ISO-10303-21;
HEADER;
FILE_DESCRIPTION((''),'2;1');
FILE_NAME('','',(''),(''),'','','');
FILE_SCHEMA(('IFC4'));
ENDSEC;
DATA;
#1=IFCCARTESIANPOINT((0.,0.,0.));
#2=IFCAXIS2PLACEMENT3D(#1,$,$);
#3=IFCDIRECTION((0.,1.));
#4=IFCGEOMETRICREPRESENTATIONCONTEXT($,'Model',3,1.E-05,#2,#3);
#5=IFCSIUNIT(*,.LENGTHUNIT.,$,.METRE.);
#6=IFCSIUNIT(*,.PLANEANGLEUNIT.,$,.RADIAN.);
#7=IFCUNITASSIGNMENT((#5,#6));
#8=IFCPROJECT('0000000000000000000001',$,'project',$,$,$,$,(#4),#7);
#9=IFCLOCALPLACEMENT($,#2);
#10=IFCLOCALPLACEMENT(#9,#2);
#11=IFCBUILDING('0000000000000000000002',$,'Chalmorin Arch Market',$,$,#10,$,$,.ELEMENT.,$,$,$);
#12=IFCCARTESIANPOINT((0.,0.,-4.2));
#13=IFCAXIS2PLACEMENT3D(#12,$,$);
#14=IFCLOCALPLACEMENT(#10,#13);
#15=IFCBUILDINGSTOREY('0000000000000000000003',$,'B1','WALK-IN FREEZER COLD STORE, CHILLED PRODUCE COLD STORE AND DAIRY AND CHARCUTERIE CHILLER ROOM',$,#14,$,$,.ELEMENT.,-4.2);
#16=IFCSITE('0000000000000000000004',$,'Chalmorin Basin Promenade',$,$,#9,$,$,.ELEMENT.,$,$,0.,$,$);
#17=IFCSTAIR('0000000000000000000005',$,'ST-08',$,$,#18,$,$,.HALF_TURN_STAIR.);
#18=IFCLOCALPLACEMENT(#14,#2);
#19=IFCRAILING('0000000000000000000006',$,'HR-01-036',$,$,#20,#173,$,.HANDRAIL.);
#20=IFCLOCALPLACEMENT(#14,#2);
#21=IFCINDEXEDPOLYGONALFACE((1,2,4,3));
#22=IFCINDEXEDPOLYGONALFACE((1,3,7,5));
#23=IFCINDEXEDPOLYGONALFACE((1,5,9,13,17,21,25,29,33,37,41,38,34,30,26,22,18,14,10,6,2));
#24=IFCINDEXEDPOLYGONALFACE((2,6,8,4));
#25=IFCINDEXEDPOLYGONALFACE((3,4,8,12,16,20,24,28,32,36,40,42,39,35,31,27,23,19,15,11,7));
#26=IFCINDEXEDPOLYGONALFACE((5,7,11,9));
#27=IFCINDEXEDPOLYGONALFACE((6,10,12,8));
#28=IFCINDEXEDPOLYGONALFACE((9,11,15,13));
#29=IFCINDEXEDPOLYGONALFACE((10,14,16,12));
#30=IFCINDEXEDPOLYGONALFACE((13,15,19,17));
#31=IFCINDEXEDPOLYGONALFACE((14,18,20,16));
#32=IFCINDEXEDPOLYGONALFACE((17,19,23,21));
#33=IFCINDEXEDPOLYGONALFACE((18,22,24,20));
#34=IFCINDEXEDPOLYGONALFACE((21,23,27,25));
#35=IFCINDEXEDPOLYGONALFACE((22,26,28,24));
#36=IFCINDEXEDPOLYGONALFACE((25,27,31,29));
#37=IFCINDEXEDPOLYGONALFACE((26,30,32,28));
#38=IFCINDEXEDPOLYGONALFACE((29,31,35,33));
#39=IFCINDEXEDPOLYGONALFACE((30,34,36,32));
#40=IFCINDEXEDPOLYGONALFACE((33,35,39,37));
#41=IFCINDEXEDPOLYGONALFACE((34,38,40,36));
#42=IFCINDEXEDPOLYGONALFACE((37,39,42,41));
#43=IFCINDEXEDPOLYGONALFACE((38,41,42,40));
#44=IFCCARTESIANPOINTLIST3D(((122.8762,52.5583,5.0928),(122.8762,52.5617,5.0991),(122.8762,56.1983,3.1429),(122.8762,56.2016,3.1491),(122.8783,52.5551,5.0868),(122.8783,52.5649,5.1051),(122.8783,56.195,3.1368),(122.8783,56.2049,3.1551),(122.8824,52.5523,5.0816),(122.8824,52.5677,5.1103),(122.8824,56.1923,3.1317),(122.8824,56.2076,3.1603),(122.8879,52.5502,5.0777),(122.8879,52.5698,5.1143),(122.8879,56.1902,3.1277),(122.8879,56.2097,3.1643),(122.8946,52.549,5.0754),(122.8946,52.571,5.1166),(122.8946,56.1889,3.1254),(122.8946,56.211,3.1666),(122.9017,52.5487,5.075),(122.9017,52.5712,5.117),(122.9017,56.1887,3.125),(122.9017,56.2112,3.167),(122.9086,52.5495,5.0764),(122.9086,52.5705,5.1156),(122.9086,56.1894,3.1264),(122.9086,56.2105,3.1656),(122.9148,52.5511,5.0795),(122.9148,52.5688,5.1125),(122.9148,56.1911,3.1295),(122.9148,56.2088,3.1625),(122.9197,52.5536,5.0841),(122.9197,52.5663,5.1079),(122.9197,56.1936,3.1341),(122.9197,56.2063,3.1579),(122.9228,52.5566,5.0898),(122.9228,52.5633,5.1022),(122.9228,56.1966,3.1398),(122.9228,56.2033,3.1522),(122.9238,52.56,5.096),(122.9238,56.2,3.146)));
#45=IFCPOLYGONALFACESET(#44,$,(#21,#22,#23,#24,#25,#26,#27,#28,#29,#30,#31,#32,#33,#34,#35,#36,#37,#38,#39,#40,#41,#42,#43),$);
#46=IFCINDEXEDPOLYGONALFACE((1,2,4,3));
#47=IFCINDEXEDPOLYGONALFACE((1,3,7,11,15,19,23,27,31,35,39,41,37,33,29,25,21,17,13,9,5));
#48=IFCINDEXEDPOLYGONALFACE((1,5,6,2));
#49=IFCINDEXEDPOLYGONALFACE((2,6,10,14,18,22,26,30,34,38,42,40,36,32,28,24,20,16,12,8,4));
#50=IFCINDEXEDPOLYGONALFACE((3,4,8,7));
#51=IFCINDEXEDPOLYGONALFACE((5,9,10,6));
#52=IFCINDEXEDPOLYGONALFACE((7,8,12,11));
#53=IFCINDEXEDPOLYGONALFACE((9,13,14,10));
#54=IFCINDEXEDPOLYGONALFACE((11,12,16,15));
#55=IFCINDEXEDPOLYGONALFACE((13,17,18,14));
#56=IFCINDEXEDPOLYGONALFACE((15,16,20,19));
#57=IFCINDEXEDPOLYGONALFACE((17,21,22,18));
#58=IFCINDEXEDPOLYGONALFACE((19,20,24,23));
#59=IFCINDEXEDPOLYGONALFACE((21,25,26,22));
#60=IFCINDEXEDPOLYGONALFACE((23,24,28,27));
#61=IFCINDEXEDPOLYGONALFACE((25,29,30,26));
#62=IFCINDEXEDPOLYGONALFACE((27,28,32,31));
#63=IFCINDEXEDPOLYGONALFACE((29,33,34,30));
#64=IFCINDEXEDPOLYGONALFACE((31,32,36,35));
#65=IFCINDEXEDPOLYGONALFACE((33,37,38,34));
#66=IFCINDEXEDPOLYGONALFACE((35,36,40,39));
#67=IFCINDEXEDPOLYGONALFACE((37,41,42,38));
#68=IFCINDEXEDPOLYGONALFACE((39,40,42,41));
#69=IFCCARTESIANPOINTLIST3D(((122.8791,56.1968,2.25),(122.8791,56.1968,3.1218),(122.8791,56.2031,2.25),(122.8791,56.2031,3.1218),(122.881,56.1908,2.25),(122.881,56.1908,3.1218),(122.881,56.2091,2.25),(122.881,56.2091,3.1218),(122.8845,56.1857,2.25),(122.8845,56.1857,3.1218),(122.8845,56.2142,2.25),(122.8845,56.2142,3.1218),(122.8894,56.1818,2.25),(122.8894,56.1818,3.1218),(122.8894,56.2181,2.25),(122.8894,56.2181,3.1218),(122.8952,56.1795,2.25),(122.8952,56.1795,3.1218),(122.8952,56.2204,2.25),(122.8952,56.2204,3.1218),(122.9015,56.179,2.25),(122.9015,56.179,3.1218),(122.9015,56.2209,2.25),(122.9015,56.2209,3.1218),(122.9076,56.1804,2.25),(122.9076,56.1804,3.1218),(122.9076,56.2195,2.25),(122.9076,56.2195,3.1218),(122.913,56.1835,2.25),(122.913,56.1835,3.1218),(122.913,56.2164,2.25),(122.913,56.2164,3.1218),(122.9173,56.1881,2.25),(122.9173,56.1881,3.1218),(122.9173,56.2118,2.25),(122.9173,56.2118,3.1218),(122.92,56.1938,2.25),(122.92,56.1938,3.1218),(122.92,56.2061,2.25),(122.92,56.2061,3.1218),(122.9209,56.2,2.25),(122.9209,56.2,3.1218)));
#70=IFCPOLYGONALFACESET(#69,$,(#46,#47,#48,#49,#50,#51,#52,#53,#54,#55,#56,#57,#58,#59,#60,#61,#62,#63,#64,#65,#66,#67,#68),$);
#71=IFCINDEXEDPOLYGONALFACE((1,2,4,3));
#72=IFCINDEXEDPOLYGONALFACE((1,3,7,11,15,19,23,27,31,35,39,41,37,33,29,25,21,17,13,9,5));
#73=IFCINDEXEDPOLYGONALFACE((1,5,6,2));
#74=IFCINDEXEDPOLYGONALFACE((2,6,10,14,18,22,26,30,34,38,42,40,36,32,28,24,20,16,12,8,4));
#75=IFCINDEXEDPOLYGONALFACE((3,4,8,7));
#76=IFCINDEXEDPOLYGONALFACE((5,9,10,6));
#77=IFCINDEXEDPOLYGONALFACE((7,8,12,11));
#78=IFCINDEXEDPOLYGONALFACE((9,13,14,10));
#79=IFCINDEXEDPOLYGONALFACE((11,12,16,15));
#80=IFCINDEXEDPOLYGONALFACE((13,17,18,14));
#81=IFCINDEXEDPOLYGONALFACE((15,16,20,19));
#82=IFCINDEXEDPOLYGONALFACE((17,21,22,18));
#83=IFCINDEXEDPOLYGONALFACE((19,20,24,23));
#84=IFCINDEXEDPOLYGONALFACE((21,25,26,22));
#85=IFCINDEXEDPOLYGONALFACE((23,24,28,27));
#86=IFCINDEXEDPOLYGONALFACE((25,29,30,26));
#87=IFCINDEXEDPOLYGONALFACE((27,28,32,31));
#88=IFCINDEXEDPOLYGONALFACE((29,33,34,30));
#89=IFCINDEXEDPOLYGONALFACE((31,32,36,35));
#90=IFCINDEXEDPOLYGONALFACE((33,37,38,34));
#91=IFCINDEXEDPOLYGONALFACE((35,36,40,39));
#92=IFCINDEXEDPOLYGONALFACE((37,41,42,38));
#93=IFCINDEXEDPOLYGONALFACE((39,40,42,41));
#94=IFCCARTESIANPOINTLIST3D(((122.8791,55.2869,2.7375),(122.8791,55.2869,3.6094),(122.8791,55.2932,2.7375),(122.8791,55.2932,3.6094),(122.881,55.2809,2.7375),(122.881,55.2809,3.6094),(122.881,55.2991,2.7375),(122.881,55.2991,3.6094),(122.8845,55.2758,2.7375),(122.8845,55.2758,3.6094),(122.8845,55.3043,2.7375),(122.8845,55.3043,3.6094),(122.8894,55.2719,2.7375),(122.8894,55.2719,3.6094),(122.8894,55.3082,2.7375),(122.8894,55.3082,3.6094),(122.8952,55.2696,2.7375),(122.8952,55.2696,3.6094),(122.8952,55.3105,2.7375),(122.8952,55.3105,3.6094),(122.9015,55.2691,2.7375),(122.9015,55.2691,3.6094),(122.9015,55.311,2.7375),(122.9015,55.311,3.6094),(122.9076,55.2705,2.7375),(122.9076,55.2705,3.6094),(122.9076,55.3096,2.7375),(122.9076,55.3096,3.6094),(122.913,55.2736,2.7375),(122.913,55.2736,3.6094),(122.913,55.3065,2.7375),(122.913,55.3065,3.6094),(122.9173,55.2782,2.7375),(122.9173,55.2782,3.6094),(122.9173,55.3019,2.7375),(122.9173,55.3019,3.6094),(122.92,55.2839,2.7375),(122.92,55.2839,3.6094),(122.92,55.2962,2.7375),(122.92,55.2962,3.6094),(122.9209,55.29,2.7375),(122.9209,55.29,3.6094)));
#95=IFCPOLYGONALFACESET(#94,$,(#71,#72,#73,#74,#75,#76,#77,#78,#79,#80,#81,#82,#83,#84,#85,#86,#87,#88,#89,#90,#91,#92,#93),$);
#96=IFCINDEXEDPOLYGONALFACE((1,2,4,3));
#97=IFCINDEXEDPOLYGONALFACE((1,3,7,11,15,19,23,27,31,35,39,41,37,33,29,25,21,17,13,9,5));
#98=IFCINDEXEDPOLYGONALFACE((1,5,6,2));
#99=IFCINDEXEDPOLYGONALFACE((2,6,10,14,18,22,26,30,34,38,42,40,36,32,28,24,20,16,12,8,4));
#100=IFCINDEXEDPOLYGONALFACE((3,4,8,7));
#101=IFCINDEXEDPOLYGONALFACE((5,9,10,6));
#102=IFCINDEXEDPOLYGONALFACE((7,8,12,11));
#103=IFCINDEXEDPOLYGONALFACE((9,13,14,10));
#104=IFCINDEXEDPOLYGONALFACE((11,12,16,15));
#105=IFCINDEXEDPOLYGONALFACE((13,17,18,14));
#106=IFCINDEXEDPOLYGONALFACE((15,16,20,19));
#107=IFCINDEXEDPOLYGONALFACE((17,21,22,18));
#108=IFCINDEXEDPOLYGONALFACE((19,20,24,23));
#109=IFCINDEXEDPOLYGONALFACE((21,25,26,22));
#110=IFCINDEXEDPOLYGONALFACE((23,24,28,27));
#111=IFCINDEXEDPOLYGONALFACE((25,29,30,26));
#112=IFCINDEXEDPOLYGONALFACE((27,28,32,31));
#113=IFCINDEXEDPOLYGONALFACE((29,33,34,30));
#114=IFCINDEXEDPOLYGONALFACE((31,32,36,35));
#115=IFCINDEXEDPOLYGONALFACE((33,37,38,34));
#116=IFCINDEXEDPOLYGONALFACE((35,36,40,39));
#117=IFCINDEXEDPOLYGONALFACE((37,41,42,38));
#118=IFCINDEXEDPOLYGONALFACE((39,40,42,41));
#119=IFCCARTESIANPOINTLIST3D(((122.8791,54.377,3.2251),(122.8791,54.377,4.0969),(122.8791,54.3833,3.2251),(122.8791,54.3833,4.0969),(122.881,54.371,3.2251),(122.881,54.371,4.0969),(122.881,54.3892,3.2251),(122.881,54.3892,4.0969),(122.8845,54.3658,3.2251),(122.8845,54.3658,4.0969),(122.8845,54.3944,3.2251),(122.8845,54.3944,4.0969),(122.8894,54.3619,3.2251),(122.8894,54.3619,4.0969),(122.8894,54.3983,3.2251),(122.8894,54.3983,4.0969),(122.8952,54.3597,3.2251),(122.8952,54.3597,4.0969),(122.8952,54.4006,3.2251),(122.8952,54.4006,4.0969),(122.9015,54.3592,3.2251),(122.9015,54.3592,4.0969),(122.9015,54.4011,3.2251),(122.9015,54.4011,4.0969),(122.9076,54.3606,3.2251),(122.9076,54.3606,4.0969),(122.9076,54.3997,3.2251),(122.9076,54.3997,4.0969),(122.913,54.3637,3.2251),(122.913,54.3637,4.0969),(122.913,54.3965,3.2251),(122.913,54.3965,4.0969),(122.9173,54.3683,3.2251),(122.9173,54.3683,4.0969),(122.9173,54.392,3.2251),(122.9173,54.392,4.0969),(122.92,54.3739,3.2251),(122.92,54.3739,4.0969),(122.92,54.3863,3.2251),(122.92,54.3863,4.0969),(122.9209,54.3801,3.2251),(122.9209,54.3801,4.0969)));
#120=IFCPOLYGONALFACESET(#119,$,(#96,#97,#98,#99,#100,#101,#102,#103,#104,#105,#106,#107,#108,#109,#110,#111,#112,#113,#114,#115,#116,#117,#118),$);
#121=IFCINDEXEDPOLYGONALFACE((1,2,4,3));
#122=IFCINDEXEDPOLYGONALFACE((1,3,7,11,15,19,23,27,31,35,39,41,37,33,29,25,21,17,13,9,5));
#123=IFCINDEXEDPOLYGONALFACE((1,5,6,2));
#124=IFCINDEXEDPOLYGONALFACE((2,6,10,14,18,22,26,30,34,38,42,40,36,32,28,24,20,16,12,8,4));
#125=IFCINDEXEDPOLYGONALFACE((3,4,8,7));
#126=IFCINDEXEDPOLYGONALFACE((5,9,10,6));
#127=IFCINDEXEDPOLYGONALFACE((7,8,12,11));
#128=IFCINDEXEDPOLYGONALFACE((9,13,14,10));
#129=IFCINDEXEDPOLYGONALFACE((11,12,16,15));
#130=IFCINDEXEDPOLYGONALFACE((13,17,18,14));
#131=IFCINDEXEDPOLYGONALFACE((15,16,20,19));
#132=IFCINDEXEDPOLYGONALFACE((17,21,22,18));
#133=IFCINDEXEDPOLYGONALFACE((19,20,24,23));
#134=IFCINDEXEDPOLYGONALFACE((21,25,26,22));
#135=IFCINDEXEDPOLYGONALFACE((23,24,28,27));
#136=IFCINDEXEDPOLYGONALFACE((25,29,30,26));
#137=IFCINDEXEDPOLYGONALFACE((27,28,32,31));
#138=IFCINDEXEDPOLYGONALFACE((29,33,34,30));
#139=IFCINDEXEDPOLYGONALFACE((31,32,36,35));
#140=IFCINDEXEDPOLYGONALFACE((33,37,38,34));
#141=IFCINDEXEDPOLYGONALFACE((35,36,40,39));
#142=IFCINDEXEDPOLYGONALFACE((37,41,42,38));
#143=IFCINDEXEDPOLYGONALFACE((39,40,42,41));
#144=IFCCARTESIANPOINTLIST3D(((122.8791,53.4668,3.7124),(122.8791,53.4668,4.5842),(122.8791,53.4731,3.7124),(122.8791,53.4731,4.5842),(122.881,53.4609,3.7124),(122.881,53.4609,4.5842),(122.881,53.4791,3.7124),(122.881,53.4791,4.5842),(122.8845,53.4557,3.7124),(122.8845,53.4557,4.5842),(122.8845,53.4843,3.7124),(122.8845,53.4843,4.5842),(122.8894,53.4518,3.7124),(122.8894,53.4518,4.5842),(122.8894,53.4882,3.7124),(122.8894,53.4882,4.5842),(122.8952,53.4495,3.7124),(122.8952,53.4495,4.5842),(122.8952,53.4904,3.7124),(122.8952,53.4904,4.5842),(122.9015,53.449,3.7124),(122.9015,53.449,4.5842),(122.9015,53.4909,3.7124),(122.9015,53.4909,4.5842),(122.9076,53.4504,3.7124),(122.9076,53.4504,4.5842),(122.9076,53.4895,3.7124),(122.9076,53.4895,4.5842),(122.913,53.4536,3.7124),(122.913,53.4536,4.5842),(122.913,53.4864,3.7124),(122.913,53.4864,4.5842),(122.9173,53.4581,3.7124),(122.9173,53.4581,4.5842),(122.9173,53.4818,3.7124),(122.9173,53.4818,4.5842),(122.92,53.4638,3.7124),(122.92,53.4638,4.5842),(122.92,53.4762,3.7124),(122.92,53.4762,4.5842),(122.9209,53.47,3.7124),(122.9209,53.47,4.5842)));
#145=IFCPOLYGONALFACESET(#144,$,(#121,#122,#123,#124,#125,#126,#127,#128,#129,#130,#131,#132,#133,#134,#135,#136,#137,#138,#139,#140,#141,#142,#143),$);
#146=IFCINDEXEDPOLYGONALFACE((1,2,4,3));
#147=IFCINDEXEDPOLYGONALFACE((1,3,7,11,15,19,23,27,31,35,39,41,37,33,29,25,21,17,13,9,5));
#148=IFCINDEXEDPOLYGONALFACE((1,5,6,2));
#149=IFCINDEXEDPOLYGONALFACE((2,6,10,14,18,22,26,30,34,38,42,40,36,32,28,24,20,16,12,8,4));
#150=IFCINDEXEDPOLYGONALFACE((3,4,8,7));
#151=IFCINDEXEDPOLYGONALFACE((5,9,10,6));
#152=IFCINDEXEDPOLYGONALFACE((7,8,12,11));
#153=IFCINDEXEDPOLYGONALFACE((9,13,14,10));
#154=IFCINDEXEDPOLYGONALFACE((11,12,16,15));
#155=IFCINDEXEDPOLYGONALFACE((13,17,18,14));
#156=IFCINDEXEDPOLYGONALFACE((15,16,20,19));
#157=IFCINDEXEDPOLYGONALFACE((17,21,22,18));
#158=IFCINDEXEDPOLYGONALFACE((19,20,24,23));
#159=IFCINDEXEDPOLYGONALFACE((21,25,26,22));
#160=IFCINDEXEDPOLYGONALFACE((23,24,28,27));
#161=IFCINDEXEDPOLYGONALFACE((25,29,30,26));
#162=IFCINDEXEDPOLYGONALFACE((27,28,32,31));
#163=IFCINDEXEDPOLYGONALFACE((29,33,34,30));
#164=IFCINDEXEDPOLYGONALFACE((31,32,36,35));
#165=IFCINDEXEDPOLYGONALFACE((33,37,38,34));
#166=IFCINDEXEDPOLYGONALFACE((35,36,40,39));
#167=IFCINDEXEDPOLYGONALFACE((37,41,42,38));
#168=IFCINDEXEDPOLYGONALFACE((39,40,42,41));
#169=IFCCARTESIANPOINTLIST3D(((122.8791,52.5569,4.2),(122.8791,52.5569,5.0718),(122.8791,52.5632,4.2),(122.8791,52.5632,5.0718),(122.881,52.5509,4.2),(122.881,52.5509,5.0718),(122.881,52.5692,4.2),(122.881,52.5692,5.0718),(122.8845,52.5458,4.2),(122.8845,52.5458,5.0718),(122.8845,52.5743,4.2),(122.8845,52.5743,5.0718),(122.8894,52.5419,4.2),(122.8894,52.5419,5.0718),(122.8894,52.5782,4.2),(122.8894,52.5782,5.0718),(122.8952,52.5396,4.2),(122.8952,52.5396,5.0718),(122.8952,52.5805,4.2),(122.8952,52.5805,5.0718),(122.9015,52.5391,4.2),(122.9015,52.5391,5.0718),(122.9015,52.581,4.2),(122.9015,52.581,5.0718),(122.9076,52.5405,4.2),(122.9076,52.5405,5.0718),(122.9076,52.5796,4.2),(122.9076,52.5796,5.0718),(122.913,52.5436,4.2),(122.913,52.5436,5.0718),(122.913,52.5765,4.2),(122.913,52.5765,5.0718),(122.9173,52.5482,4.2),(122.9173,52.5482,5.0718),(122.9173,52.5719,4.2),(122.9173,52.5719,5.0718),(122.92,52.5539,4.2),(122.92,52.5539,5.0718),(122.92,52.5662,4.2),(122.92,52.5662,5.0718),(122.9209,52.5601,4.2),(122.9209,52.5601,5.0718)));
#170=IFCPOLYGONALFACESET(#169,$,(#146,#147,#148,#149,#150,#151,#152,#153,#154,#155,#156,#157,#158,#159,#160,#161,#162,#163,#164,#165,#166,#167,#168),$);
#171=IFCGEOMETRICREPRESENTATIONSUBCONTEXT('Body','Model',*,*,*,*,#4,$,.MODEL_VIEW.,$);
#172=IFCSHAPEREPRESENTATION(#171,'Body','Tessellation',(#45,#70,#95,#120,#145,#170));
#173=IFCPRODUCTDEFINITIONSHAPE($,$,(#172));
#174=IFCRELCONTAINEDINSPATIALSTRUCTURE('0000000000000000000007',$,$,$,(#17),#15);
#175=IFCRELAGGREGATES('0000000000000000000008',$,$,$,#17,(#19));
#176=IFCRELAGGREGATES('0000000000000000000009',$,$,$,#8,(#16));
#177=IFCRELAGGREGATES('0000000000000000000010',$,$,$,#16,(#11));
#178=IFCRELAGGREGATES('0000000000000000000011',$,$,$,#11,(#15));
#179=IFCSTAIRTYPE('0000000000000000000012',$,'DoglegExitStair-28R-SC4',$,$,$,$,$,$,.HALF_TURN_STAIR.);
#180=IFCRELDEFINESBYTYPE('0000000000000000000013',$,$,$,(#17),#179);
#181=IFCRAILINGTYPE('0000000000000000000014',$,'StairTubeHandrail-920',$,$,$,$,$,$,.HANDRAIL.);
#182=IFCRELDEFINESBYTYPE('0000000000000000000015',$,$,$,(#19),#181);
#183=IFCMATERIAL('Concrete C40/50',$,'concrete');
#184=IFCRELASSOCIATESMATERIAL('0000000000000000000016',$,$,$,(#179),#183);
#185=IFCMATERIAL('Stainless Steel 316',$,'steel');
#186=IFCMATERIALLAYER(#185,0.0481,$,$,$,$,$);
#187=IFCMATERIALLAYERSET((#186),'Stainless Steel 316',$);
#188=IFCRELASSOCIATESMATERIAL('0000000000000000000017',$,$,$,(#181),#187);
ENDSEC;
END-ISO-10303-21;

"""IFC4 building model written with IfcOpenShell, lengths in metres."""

from ifc_helpers import new_model, si_unit, direction, frame, origin, origin_2d, place, context, subcontext, project, spatial, circle, extrude, material, layer, layer_set, type_object, element, aggregate, save


model = new_model("IFC4")

# Units and contexts
model_context = context("Model", 3, precision=1e-05, world=origin(), true_north=direction((0.0, 1.0)))
body_context = subcontext(model_context, "Body", "Model", "MODEL_VIEW")
ifc_project = project(units=[si_unit("LENGTHUNIT", "METRE"), si_unit("PLANEANGLEUNIT", "RADIAN")], contexts=[model_context])

# Site, building, storey
site_placement = place(None, origin())
site = spatial("IfcSite", under=ifc_project, at=site_placement, Name="Chalmorin Basin Promenade", CompositionType="ELEMENT", RefElevation=0.0)
building_placement = place(site_placement, origin())
building = spatial("IfcBuilding", under=site, at=building_placement, Name="Chalmorin Arch Market", CompositionType="ELEMENT")
storey_placement = place(building_placement, frame((0.0, 0.0, -4.2)))
storey = spatial("IfcBuildingStorey", under=building, at=storey_placement, Name="B1", Description="WALK-IN FREEZER COLD STORE, CHILLED PRODUCE COLD STORE AND DAIRY AND CHARCUTERIE CHILLER ROOM", CompositionType="ELEMENT", Elevation=-4.2)

# Shared definitions
ifc_material_1 = material(Name="Concrete C40/50", Category="concrete")

# Stair, railing
stair_type = type_object("IfcStairType", Name="DoglegExitStair-28R-SC4", PredefinedType="HALF_TURN_STAIR", material=ifc_material_1)
stair_placement = place(storey_placement, origin())
stair = element("IfcStair", 1, at=stair_placement, inside=storey, type_object=stair_type, Name="ST-08", PredefinedType="HALF_TURN_STAIR")
ifc_material_2 = material(Name="Stainless Steel 316", Category="steel")
ifc_layer_1 = layer(ifc_material_2, 0.0481)
ifc_layer_set_1 = layer_set([ifc_layer_1], Name="Stainless Steel 316")
railing_type_1 = type_object("IfcRailingType", Name="StairTubeHandrail-920", PredefinedType="HANDRAIL", material=ifc_layer_set_1)
railing_1_placement = place(storey_placement, frame((122.8999, 56.2, 2.25)))
railing_1 = element("IfcRailing", 2, at=railing_1_placement, type_object=railing_type_1, Name="HR-01-036", PredefinedType="HANDRAIL", context=body_context, shape_type="SweptSolid", body=[
    extrude(circle(Radius=0.0239, at=origin_2d()), frame((0.0, 0.0, 0.896), z_axis=(0.0, -0.881479, 0.472223), x_axis=(1.0, 0.0, 0.0)), (0.0, 0.0, 1.0), 4.1294),
    extrude(circle(Radius=0.021, at=origin_2d()), origin(), (0.0, 0.0, 1.0), 0.8718),
    extrude(circle(Radius=0.021, at=origin_2d()), frame((0.0, -0.9099, 0.4875)), (0.0, 0.0, 1.0), 0.8718),
    extrude(circle(Radius=0.021, at=origin_2d()), frame((0.0, -1.8198, 0.9751)), (0.0, 0.0, 1.0), 0.8718),
    extrude(circle(Radius=0.021, at=origin_2d()), frame((0.0, -2.73, 1.4624)), (0.0, 0.0, 1.0), 0.8718),
    extrude(circle(Radius=0.021, at=origin_2d()), frame((0.0, -3.6399, 1.95)), (0.0, 0.0, 1.0), 0.8718),
])
aggregate(stair, [railing_1])

save(model, "model.ifc")
